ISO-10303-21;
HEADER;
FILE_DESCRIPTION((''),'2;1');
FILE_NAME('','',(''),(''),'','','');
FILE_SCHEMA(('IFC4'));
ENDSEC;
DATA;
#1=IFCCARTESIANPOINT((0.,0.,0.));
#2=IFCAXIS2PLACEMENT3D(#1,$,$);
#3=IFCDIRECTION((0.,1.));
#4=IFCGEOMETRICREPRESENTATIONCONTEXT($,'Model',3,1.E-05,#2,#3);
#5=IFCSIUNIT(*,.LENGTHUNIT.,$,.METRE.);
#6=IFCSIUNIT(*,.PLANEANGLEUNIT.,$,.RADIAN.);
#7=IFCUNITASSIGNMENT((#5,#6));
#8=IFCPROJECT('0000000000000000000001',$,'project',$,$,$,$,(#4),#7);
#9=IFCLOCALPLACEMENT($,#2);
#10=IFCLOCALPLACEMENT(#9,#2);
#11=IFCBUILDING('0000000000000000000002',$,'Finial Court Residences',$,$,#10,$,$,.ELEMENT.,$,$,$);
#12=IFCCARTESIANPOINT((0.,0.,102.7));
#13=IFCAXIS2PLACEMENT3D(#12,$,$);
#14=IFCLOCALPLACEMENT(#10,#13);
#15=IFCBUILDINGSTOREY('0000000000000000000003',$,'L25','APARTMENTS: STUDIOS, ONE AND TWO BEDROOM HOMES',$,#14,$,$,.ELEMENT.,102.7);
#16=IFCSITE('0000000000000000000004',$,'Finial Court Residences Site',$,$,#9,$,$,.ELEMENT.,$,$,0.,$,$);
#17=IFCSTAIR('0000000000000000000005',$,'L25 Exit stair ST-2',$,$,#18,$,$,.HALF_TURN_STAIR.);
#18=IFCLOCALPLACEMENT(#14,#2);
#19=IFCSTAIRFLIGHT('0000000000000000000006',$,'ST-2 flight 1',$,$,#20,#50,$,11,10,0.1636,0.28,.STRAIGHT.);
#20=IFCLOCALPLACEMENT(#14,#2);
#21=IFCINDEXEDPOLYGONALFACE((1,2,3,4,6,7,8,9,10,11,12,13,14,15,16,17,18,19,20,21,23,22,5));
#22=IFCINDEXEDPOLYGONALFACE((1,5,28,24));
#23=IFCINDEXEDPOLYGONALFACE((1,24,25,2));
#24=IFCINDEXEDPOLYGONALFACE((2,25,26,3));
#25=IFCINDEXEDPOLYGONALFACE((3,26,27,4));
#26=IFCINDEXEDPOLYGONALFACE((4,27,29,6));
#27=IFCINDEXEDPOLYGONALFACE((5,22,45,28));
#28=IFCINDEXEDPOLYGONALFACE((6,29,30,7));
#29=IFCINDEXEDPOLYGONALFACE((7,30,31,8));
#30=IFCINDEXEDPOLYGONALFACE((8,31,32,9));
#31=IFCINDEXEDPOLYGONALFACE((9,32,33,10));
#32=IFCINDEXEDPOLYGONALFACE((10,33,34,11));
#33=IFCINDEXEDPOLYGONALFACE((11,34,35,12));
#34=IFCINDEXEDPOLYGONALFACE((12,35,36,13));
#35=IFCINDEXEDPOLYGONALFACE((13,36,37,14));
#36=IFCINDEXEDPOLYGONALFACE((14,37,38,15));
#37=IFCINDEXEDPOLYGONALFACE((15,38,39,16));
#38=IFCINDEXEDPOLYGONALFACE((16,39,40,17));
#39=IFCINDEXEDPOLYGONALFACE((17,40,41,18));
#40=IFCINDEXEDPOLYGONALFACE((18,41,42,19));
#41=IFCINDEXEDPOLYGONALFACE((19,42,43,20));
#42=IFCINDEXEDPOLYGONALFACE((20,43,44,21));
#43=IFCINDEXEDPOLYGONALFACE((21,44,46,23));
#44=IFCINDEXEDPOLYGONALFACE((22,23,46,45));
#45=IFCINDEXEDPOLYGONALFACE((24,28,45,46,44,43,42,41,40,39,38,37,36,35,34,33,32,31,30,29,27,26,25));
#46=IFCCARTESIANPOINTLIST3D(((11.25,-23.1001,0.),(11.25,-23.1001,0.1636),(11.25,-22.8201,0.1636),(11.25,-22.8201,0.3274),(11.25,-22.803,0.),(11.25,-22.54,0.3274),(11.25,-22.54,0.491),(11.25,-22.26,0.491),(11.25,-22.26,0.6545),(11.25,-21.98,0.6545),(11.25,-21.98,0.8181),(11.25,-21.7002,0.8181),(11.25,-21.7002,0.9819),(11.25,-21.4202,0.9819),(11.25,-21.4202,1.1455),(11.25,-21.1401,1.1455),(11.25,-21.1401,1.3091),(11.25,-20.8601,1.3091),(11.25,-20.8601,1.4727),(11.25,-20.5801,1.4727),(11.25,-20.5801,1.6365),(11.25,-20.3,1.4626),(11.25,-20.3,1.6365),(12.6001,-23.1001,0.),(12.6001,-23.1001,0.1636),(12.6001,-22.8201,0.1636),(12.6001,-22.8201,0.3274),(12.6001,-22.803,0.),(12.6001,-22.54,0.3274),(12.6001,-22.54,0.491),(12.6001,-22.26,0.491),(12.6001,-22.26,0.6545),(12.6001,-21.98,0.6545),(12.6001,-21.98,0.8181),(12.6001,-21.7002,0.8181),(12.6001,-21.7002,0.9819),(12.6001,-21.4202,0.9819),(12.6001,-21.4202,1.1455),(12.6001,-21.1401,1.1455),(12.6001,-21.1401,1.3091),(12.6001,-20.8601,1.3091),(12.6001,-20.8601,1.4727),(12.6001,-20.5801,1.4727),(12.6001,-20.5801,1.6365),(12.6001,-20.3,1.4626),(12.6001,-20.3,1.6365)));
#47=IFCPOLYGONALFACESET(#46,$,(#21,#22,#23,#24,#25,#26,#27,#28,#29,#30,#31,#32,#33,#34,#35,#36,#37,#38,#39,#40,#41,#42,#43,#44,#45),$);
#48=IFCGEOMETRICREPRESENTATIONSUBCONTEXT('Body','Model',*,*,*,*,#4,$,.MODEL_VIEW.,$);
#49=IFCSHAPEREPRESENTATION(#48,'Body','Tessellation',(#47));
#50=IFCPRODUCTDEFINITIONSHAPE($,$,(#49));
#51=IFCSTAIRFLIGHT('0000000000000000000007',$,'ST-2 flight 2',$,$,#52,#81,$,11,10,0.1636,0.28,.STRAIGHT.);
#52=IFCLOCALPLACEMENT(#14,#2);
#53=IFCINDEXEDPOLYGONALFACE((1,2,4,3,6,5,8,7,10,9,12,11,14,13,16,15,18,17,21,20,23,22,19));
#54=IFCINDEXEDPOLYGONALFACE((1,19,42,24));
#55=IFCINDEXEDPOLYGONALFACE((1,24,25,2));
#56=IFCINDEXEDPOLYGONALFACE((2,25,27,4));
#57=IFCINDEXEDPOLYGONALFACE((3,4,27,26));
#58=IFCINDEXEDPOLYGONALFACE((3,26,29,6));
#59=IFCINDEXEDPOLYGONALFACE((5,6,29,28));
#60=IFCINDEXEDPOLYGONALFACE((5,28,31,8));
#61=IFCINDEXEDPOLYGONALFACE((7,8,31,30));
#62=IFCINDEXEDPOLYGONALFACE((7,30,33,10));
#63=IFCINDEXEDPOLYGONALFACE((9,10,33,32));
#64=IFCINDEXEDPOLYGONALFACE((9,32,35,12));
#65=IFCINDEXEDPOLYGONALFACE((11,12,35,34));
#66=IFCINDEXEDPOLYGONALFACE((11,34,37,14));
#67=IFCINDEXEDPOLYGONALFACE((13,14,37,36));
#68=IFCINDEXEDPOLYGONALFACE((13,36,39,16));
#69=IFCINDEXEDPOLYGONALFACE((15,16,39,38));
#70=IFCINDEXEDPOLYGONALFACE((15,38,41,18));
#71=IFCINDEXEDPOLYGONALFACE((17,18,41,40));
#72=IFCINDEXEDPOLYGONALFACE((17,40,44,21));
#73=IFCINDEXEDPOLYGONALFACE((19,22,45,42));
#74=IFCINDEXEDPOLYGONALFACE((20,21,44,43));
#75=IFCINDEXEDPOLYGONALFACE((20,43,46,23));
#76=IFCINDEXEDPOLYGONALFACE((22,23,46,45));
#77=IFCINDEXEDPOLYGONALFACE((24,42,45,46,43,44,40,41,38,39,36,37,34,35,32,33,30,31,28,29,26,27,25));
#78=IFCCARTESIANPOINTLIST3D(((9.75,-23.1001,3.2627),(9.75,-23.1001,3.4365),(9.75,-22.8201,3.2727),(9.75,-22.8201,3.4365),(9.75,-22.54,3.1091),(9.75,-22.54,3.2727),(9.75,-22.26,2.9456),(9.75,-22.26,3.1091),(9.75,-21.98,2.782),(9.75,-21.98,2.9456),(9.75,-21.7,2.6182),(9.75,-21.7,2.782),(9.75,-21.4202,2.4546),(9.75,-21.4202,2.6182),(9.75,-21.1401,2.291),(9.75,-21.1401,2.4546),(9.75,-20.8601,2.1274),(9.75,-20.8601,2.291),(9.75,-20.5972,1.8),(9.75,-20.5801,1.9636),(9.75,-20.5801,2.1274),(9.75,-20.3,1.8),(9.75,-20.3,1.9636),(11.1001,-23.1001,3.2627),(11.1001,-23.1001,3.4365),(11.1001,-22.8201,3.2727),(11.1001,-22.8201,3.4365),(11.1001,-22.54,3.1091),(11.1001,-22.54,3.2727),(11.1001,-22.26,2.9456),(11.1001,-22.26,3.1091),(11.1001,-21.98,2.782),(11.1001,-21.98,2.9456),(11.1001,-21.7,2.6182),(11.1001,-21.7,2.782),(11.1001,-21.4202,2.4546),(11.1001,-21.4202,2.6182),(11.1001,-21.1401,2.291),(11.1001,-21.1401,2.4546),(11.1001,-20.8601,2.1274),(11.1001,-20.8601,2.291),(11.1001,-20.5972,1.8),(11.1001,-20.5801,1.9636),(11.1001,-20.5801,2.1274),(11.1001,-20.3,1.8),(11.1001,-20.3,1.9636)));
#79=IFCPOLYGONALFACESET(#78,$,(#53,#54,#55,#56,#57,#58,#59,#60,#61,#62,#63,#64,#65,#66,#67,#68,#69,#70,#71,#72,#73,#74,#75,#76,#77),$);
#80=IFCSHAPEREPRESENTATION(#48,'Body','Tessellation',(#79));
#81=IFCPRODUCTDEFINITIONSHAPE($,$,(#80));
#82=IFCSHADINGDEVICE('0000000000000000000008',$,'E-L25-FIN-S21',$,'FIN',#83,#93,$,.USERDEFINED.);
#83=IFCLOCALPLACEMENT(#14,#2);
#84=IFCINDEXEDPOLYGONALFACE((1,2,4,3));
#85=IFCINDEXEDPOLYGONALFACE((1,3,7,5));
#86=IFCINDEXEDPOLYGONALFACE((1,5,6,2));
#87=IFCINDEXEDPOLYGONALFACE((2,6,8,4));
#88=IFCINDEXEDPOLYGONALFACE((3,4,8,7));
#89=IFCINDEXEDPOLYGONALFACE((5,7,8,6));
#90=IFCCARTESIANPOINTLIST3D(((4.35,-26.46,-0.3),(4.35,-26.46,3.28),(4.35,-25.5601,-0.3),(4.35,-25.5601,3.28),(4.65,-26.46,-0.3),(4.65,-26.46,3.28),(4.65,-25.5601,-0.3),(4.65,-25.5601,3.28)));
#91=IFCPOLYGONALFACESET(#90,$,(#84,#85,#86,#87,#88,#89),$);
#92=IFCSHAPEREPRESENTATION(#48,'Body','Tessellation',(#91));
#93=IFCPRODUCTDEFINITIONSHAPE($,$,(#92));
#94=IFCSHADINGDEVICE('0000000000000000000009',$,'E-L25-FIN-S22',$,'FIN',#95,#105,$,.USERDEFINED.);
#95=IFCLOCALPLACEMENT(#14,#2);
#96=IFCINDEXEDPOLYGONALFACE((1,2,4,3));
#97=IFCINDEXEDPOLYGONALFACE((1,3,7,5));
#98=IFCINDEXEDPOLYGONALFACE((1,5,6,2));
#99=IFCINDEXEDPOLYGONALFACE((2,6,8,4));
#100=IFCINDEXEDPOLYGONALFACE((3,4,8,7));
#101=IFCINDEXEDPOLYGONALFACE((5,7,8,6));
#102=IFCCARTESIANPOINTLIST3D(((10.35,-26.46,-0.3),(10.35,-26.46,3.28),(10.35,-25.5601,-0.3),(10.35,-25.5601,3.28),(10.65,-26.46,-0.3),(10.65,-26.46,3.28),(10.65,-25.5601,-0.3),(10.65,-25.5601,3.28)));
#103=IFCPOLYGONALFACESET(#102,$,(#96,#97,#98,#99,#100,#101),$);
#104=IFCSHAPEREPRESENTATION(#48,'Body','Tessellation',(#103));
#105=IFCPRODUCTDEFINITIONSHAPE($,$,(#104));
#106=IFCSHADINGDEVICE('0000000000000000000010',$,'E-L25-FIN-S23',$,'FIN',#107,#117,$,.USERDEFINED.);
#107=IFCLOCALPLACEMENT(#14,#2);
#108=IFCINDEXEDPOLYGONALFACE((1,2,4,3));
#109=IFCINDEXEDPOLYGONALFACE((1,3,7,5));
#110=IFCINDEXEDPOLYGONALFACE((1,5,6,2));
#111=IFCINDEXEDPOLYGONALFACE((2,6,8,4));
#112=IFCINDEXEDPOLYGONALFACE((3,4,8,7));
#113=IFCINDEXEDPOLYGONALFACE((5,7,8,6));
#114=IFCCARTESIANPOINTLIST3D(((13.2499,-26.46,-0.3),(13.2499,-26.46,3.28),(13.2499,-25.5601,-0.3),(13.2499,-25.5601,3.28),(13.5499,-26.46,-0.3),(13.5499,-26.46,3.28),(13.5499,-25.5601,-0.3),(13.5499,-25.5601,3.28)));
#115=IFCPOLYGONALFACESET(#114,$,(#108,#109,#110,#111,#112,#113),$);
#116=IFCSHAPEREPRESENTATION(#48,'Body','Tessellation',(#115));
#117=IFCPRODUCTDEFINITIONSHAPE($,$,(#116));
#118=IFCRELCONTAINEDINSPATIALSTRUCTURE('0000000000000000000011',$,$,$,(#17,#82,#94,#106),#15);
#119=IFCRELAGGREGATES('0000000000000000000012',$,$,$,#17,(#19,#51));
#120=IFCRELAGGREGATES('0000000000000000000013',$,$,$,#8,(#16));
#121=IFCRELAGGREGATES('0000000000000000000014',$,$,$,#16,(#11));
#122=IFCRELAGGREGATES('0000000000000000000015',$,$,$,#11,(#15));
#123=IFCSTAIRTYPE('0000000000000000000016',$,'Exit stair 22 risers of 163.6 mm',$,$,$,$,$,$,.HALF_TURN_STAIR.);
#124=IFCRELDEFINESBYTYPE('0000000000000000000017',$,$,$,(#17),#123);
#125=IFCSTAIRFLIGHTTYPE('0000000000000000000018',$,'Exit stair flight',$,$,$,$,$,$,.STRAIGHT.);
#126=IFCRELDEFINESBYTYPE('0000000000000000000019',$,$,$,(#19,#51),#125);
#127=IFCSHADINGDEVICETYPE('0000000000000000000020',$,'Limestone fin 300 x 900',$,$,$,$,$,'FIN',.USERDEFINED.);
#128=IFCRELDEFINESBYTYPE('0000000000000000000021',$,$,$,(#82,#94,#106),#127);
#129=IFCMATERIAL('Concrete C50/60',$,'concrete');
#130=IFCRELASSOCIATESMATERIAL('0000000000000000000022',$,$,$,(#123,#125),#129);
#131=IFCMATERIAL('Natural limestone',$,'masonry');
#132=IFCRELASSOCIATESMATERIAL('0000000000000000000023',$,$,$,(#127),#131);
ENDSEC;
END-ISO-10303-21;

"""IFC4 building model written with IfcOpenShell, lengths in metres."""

from ifc_helpers import new_model, si_unit, direction, frame, origin, origin_2d, place, context, subcontext, project, spatial, polyline, rectangle, outline, extrude, material, type_object, element, aggregate, save


model = new_model("IFC4")

# Units and contexts
model_context = context("Model", 3, precision=1e-05, world=origin(), true_north=direction((0.0, 1.0)))
body_context = subcontext(model_context, "Body", "Model", "MODEL_VIEW")
ifc_project = project(units=[si_unit("LENGTHUNIT", "METRE"), si_unit("PLANEANGLEUNIT", "RADIAN")], contexts=[model_context])

# Site, building, storey
site_placement = place(None, origin())
site = spatial("IfcSite", under=ifc_project, at=site_placement, Name="Finial Court Residences Site", CompositionType="ELEMENT", RefElevation=0.0)
building_placement = place(site_placement, origin())
building = spatial("IfcBuilding", under=site, at=building_placement, Name="Finial Court Residences", CompositionType="ELEMENT")
storey_placement = place(building_placement, frame((0.0, 0.0, 102.7)))
storey = spatial("IfcBuildingStorey", under=building, at=storey_placement, Name="L25", Description="APARTMENTS: STUDIOS, ONE AND TWO BEDROOM HOMES", CompositionType="ELEMENT", Elevation=102.7)

# Stair, stair flights
ifc_material_1 = material(Name="Concrete C50/60", Category="concrete")
stair_type = type_object("IfcStairType", Name="Exit stair 22 risers of 163.6 mm", PredefinedType="HALF_TURN_STAIR", material=ifc_material_1)
stair_placement = place(storey_placement, origin())
stair = element("IfcStair", 1, at=stair_placement, inside=storey, type_object=stair_type, Name="L25 Exit stair ST-2", PredefinedType="HALF_TURN_STAIR")
stair_flight_type = type_object("IfcStairFlightType", Name="Exit stair flight", PredefinedType="STRAIGHT", material=ifc_material_1)
stair_flight_1_placement = place(storey_placement, frame((11.925, -23.1001, 0.0), z_axis=(0.0, 0.0, 1.0), x_axis=(0.0, 1.0, 0.0)))
stair_flight_1 = element("IfcStairFlight", 2, at=stair_flight_1_placement, type_object=stair_flight_type, Name="ST-2 flight 1", NumberOfRisers=11, NumberOfTreads=10, PredefinedType="STRAIGHT", RiserHeight=0.1636, TreadLength=0.28, context=body_context, shape_type="SweptSolid", body=[
    extrude(outline(polyline([(0.0, 0.0), (0.0, 0.1636), (0.28, 0.1636), (0.28, 0.3274), (0.5601, 0.3274), (0.5601, 0.491), (0.8401, 0.491), (0.8401, 0.6545), (1.1201, 0.6545), (1.1201, 0.8181), (1.3999, 0.8181), (1.3999, 0.9819), (1.6799, 0.9819), (1.6799, 1.1455), (1.96, 1.1455), (1.96, 1.3091), (2.24, 1.3091), (2.24, 1.4727), (2.52, 1.4727), (2.52, 1.6365), (2.8, 1.6365), (2.8, 1.8), (2.8, 1.4626), (0.2971, 0.0), (0.0, 0.0)])), frame((0.0, 0.675, 0.0), z_axis=(0.0, -1.0, 0.0), x_axis=(1.0, 0.0, 0.0)), (0.0, 0.0, 1.0), 1.3501),
])
stair_flight_2_placement = place(storey_placement, frame((10.425, -20.3, 1.8), z_axis=(0.0, 0.0, 1.0), x_axis=(0.0, -1.0, 0.0)))
stair_flight_2 = element("IfcStairFlight", 3, at=stair_flight_2_placement, type_object=stair_flight_type, Name="ST-2 flight 2", NumberOfRisers=11, NumberOfTreads=10, PredefinedType="STRAIGHT", RiserHeight=0.1636, TreadLength=0.28, context=body_context, shape_type="SweptSolid", body=[
    extrude(outline(polyline([(0.0, 0.0), (0.0, 0.1636), (0.28, 0.1636), (0.28, 0.3274), (0.5601, 0.3274), (0.5601, 0.491), (0.8401, 0.491), (0.8401, 0.6545), (1.1201, 0.6545), (1.1201, 0.8181), (1.3999, 0.8181), (1.3999, 0.9819), (1.6799, 0.9819), (1.6799, 1.1455), (1.96, 1.1455), (1.96, 1.3091), (2.24, 1.3091), (2.24, 1.4727), (2.52, 1.4727), (2.52, 1.6365), (2.8, 1.6365), (2.8, 1.8), (2.8, 1.4626), (0.2971, 0.0), (0.0, 0.0)])), frame((0.0, 0.675, 0.0), z_axis=(0.0, -1.0, 0.0), x_axis=(1.0, 0.0, 0.0)), (0.0, 0.0, 1.0), 1.3501),
])
aggregate(stair, [stair_flight_1, stair_flight_2])

# Shading devices
ifc_material_2 = material(Name="Natural limestone", Category="masonry")
shading_device_type = type_object("IfcShadingDeviceType", Name="Limestone fin 300 x 900", ElementType="FIN", PredefinedType="USERDEFINED", material=ifc_material_2)
for number, where, z_axis, x_axis, name in (
    (4, (4.5, -26.01, -0.3), (0.0, 0.0, 1.0), (1.0, 0.0, 0.0), "E-L25-FIN-S21"),
    (5, (10.5, -26.01, -0.3), (0.0, 0.0, 1.0), (1.0, 0.0, 0.0), "E-L25-FIN-S22"),
    (6, (13.3999, -26.01, -0.3), (0.0, 0.0, 1.0), (1.0, 0.0, 0.0), "E-L25-FIN-S23"),
):
    element("IfcShadingDevice", number, at=place(storey_placement, frame(where, z_axis=z_axis, x_axis=x_axis)), inside=storey, type_object=shading_device_type, Name=name, ObjectType="FIN", PredefinedType="USERDEFINED", context=body_context, shape_type="SweptSolid", body=[
        extrude(rectangle(XDim=0.3, YDim=0.8999, at=origin_2d()), origin(), (0.0, 0.0, 1.0), 3.5801),
    ])

save(model, "model.ifc")
